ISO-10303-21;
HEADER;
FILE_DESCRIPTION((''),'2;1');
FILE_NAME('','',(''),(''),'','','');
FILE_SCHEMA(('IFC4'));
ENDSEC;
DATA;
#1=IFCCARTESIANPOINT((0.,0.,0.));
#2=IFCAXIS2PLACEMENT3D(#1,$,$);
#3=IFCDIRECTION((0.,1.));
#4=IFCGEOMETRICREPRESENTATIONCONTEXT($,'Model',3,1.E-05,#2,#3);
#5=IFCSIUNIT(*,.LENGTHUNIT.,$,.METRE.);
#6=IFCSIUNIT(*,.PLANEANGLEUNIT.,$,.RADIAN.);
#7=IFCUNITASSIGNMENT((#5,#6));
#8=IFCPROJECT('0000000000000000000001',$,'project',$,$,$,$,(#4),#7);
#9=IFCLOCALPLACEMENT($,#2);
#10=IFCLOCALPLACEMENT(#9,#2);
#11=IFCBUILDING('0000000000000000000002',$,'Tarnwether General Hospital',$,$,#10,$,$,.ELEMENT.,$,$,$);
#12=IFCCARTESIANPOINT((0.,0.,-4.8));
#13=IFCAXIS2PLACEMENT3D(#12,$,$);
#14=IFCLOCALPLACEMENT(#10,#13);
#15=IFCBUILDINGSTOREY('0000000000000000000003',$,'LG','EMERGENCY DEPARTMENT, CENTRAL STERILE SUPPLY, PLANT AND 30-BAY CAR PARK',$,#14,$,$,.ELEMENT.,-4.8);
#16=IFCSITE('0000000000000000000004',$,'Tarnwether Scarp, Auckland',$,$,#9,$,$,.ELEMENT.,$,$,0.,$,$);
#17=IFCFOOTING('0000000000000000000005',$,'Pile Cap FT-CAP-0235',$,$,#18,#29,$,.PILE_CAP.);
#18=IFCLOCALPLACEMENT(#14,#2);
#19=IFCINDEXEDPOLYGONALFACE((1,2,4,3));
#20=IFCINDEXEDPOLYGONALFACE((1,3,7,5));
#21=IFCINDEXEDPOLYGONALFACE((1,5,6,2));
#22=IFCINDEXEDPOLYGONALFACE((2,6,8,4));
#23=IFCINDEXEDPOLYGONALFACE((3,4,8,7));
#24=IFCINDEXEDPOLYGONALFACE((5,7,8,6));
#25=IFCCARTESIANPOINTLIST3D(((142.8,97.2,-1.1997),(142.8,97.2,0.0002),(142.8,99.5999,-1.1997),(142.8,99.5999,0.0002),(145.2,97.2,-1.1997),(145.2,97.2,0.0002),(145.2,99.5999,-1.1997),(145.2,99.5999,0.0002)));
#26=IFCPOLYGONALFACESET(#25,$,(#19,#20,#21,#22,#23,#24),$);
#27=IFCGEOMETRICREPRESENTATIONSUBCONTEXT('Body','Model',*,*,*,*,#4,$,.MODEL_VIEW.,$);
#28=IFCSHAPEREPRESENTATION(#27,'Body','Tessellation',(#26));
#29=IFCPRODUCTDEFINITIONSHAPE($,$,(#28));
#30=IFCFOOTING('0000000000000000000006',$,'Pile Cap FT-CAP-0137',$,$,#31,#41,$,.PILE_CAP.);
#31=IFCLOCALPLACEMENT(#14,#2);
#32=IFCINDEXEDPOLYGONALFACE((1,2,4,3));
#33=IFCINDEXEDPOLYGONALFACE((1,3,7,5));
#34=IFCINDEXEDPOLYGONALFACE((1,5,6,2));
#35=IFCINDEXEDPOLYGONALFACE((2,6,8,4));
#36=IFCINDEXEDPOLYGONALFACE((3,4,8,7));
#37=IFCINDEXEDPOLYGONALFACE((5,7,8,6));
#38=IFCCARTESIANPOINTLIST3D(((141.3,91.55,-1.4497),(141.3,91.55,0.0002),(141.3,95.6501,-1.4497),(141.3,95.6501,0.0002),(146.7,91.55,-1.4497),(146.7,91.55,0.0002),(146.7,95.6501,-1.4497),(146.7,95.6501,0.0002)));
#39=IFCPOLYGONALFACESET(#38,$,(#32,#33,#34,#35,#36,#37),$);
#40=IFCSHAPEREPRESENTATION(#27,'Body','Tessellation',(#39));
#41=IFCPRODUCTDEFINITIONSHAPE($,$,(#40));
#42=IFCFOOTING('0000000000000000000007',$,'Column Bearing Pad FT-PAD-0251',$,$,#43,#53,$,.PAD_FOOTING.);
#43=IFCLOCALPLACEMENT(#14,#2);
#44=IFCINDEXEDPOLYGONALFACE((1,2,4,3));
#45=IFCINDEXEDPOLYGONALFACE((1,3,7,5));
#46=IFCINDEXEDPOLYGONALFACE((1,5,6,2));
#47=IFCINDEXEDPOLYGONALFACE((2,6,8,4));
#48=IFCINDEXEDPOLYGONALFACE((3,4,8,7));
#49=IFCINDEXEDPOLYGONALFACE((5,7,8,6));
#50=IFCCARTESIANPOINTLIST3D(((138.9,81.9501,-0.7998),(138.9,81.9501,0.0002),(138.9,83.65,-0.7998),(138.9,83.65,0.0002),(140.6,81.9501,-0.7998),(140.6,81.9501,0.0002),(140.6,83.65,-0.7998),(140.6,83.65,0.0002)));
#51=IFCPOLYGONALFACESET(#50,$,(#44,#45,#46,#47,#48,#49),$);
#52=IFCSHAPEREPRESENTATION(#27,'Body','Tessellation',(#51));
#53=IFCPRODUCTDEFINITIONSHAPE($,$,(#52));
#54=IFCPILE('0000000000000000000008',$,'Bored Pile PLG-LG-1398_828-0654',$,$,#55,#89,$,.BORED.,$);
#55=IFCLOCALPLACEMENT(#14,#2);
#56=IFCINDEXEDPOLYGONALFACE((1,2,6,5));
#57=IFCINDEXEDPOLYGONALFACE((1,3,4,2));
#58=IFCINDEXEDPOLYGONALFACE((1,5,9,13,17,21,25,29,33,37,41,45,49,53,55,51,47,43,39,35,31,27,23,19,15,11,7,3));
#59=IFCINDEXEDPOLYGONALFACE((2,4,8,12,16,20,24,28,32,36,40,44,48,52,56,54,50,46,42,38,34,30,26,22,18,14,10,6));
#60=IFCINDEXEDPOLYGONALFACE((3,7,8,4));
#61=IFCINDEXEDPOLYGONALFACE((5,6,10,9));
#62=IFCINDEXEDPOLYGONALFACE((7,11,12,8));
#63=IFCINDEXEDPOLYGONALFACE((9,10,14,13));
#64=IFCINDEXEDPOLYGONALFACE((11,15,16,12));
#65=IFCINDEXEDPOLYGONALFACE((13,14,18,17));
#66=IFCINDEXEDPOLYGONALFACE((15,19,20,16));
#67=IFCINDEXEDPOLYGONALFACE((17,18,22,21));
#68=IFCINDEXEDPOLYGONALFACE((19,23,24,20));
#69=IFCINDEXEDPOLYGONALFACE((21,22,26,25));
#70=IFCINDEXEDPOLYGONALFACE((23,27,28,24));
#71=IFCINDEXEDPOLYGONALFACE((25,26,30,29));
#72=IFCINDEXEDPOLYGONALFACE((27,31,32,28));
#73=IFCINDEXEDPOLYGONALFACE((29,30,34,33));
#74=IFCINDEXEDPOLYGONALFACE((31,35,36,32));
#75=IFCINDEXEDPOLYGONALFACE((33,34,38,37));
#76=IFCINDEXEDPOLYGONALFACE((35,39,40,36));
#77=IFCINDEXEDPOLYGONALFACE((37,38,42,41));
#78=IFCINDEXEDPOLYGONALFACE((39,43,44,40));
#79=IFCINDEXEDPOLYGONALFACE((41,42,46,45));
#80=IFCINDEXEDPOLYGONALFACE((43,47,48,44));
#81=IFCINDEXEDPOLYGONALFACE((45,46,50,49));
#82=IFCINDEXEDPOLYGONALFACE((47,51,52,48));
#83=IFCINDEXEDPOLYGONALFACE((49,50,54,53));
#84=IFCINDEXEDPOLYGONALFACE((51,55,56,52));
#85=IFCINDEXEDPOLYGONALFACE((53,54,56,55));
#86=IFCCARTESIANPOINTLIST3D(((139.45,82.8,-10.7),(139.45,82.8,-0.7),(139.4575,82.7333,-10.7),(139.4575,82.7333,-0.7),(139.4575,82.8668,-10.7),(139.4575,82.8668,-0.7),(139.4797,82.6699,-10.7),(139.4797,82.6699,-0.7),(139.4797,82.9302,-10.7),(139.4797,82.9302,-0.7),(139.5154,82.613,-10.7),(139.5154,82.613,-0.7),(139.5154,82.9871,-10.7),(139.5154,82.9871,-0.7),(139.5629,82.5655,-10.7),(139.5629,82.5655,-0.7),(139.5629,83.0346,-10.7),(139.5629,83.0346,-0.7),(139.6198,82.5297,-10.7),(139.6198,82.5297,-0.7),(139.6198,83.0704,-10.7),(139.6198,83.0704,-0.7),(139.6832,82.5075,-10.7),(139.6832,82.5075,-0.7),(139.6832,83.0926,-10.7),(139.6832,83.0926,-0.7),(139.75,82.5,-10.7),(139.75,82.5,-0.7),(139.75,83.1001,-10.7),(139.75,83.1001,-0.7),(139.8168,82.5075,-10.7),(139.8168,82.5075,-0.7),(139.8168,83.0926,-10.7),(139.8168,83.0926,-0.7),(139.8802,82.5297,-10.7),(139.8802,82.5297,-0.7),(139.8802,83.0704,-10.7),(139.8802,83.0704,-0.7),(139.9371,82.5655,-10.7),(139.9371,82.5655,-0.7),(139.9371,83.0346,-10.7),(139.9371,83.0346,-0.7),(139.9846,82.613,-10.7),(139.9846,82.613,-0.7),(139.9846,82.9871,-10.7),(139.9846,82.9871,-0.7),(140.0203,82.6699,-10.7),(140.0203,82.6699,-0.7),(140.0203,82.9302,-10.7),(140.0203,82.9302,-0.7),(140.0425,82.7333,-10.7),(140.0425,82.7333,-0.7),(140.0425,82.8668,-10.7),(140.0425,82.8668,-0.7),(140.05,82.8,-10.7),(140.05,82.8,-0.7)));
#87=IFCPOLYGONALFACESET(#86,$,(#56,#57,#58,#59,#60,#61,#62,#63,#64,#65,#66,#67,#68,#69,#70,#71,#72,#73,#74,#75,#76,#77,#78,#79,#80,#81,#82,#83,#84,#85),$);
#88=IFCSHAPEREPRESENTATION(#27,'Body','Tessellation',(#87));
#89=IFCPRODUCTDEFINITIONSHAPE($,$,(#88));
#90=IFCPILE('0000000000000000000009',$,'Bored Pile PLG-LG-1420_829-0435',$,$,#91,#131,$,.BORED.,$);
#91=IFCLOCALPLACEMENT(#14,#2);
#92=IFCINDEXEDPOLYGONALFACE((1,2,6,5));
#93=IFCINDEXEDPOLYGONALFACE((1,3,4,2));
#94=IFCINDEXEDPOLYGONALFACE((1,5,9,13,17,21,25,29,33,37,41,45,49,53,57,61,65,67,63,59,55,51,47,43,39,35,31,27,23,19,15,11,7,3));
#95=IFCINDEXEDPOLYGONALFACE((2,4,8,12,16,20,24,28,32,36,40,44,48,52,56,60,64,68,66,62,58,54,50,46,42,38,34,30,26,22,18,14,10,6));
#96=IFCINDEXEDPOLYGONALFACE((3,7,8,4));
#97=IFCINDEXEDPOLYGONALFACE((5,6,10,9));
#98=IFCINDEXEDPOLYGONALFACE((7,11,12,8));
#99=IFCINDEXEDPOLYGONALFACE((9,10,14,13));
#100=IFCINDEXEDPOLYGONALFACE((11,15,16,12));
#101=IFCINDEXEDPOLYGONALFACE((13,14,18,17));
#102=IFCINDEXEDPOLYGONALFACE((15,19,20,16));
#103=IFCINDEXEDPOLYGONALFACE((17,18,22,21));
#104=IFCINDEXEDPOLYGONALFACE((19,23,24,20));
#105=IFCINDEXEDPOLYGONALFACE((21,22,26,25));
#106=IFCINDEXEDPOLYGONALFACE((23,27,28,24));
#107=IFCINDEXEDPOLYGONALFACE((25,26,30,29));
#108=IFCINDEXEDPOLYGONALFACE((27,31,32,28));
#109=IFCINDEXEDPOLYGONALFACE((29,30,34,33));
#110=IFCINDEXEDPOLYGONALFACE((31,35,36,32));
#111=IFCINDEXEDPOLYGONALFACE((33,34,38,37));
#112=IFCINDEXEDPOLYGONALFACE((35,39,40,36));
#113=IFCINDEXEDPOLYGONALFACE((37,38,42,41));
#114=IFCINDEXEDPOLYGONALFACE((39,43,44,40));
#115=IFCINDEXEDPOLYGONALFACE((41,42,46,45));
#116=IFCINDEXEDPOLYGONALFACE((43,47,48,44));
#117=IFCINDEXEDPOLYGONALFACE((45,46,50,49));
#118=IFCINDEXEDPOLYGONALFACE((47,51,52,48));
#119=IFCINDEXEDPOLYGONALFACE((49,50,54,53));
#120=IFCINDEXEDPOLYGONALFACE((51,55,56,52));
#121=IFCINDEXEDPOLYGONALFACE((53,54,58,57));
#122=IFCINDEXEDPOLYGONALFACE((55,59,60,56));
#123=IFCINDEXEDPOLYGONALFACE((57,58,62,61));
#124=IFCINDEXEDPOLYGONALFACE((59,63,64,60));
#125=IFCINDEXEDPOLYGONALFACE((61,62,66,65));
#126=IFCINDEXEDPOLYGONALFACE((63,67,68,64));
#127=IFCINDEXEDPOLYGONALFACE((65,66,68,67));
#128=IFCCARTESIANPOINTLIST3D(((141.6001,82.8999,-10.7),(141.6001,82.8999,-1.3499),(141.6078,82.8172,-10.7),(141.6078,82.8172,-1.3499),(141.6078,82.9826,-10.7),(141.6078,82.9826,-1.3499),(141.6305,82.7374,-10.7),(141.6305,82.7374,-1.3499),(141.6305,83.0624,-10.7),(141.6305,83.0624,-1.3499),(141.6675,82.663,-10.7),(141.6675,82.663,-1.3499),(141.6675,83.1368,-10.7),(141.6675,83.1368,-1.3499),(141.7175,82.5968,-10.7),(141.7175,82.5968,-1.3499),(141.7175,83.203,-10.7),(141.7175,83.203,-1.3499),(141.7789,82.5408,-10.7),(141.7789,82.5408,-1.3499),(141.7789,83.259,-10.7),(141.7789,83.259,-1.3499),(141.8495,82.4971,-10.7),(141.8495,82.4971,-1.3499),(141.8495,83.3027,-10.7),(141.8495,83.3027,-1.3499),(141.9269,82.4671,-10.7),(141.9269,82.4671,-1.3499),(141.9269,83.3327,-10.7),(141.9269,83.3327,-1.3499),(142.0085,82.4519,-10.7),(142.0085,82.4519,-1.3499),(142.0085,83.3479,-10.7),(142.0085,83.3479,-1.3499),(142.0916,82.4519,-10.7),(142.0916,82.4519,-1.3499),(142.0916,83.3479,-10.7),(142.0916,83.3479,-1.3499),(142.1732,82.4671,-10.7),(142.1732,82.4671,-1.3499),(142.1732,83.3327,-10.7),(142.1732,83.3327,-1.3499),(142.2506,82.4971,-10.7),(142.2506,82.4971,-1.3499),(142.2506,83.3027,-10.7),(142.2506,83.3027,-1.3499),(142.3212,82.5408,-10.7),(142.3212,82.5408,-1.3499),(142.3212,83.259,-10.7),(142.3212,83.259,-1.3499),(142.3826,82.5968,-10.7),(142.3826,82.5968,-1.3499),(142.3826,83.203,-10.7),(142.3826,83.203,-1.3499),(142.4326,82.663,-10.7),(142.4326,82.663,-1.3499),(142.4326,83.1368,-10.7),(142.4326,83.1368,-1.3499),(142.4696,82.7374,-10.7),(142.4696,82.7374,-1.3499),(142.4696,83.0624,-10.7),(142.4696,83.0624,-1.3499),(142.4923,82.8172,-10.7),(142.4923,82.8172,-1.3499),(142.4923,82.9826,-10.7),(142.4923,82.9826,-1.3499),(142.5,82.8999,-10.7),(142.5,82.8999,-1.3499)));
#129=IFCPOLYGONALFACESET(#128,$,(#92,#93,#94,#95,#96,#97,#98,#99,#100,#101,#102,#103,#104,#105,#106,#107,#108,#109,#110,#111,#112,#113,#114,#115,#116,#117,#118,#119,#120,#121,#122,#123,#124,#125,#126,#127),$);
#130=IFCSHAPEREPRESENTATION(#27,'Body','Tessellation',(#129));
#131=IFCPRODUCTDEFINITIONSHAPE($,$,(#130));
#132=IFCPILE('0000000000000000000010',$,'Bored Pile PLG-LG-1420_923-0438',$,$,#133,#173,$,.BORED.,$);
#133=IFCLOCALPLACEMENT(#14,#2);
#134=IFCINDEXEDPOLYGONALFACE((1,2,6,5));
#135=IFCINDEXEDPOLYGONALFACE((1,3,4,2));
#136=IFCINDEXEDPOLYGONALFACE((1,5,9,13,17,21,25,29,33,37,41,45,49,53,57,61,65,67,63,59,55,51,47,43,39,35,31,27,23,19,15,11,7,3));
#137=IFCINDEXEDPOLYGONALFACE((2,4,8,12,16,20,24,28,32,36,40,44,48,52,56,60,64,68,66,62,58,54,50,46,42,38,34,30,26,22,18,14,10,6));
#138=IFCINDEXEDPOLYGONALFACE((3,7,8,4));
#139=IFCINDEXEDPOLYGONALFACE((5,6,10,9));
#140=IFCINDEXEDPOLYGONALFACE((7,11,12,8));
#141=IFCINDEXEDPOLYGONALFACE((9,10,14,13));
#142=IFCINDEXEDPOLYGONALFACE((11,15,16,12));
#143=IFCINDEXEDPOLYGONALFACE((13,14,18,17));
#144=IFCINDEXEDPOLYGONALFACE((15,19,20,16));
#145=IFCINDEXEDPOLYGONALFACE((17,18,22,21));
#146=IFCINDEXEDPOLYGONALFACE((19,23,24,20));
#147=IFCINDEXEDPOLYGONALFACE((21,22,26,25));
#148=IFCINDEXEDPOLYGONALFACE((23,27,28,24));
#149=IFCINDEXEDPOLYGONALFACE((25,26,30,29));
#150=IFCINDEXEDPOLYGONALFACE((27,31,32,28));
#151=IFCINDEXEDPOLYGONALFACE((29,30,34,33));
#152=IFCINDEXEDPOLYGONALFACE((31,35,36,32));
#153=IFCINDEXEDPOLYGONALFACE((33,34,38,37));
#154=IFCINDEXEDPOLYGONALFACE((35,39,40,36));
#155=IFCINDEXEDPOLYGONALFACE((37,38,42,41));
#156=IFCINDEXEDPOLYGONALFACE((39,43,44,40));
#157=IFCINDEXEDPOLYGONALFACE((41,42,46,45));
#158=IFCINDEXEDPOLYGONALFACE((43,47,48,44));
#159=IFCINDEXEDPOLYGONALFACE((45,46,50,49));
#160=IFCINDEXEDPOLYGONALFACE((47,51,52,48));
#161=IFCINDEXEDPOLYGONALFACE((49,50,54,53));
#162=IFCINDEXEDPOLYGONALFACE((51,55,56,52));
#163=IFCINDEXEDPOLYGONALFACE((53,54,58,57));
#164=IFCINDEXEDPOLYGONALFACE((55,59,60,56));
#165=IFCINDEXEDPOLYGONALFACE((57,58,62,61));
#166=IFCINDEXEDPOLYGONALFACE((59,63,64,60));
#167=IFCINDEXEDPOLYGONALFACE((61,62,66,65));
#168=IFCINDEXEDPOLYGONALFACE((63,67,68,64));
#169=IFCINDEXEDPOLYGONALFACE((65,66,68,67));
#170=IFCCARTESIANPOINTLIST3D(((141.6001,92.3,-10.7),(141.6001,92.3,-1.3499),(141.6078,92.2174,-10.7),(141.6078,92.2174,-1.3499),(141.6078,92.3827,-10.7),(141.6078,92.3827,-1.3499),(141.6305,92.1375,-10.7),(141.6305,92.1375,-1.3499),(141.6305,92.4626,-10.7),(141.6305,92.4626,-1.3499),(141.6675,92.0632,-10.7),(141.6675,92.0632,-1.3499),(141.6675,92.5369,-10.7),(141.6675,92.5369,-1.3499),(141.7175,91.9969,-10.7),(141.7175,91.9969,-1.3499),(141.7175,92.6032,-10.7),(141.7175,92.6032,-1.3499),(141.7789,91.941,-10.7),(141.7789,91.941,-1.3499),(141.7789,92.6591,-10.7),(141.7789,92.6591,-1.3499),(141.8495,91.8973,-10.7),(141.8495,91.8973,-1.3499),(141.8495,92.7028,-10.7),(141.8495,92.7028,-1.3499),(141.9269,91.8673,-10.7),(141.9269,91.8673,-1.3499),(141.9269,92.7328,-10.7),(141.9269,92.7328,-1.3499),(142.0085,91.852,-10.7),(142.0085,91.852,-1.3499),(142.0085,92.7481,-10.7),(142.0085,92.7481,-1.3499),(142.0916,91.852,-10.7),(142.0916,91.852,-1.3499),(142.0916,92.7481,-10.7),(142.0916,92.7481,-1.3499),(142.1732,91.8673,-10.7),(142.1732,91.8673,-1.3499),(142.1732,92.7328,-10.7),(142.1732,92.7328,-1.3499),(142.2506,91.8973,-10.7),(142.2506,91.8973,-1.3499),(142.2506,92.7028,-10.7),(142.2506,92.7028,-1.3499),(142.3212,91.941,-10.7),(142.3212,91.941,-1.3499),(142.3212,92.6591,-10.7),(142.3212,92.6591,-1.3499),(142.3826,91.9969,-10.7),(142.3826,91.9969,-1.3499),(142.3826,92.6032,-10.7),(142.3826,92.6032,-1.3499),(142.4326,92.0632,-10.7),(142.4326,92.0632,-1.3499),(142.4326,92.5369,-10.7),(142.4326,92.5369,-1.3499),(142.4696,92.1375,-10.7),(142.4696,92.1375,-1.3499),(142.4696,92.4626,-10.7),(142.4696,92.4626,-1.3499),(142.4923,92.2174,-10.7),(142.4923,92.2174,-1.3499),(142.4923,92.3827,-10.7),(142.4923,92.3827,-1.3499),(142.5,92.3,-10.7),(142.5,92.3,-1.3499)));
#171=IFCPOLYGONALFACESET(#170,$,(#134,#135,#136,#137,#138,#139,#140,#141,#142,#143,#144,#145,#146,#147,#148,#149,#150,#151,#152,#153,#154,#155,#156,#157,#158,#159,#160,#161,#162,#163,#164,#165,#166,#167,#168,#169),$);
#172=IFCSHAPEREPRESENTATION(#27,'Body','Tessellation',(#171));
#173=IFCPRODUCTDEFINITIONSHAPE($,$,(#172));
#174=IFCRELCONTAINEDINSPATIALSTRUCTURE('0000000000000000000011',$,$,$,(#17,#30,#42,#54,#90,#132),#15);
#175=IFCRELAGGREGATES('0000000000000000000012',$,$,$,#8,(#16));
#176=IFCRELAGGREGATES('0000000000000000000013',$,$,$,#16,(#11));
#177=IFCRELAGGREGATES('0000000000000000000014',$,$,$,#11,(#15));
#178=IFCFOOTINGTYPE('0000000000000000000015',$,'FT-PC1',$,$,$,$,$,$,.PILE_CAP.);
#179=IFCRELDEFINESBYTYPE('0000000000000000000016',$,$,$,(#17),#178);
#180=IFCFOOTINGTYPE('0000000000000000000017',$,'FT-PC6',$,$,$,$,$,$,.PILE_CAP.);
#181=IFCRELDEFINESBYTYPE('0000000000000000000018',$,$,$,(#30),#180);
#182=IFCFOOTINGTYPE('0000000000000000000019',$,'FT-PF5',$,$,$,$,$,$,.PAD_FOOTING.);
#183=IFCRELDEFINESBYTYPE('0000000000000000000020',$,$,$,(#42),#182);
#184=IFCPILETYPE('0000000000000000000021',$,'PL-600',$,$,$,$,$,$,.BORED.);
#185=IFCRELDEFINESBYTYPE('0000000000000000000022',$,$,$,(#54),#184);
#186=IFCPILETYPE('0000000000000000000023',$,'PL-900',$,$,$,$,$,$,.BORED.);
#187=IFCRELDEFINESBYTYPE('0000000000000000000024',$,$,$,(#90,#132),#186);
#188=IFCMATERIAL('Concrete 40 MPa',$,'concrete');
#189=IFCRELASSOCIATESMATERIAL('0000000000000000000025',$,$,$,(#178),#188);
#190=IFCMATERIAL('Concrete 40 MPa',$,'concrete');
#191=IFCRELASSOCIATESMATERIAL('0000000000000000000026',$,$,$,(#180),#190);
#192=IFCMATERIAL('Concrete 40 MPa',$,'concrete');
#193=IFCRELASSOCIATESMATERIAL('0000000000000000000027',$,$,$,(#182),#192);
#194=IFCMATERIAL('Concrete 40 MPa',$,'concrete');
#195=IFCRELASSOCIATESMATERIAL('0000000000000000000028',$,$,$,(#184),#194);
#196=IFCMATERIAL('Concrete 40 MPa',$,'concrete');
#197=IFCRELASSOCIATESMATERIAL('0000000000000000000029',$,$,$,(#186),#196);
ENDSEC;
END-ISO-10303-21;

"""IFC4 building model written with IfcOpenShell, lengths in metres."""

from ifc_helpers import new_model, si_unit, direction, frame, origin, origin_2d, place, context, subcontext, project, spatial, rectangle, circle, extrude, material, material_profile, profile_set, type_object, element, save


model = new_model("IFC4")

# Units and contexts
model_context = context("Model", 3, precision=1e-05, world=origin(), true_north=direction((0.0, 1.0)))
body_context = subcontext(model_context, "Body", "Model", "MODEL_VIEW")
ifc_project = project(units=[si_unit("LENGTHUNIT", "METRE"), si_unit("PLANEANGLEUNIT", "RADIAN")], contexts=[model_context])

# Site, building, storey
site_placement = place(None, origin())
site = spatial("IfcSite", under=ifc_project, at=site_placement, Name="Tarnwether Scarp, Auckland", CompositionType="ELEMENT", RefElevation=0.0)
building_placement = place(site_placement, origin())
building = spatial("IfcBuilding", under=site, at=building_placement, Name="Tarnwether General Hospital", CompositionType="ELEMENT")
storey_placement = place(building_placement, frame((0.0, 0.0, -4.8)))
storey = spatial("IfcBuildingStorey", under=building, at=storey_placement, Name="LG", Description="EMERGENCY DEPARTMENT, CENTRAL STERILE SUPPLY, PLANT AND 30-BAY CAR PARK", CompositionType="ELEMENT", Elevation=-4.8)

# Footings
ifc_material_1 = material(Name="Concrete 40 MPa", Category="concrete")
footing_type_1 = type_object("IfcFootingType", Name="FT-PC1", PredefinedType="PILE_CAP", material=ifc_material_1)
footing_1_placement = place(storey_placement, frame((144.0, 98.3999, -1.1997), z_axis=(0.0, 0.0, 1.0), x_axis=(1.0, 0.0, 0.0)))
element("IfcFooting", 1, at=footing_1_placement, inside=storey, type_object=footing_type_1, Name="Pile Cap FT-CAP-0235", PredefinedType="PILE_CAP", context=body_context, shape_type="SweptSolid", body=[
    extrude(rectangle(XDim=2.3999, YDim=2.3999, at=origin_2d()), origin(), (0.0, 0.0, 1.0), 1.2),
])
ifc_material_2 = material(Name="Concrete 40 MPa", Category="concrete")
footing_type_2 = type_object("IfcFootingType", Name="FT-PC6", PredefinedType="PILE_CAP", material=ifc_material_2)
footing_2_placement = place(storey_placement, frame((144.0, 93.6001, -1.4497), z_axis=(0.0, 0.0, 1.0), x_axis=(1.0, 0.0, 0.0)))
element("IfcFooting", 2, at=footing_2_placement, inside=storey, type_object=footing_type_2, Name="Pile Cap FT-CAP-0137", PredefinedType="PILE_CAP", context=body_context, shape_type="SweptSolid", body=[
    extrude(rectangle(XDim=5.3999, YDim=4.1001, at=origin_2d()), origin(), (0.0, 0.0, 1.0), 1.45),
])
ifc_material_3 = material(Name="Concrete 40 MPa", Category="concrete")
footing_type_3 = type_object("IfcFootingType", Name="FT-PF5", PredefinedType="PAD_FOOTING", material=ifc_material_3)
footing_3_placement = place(storey_placement, frame((139.75, 82.8, -0.7998), z_axis=(0.0, 0.0, 1.0), x_axis=(1.0, 0.0, 0.0)))
element("IfcFooting", 3, at=footing_3_placement, inside=storey, type_object=footing_type_3, Name="Column Bearing Pad FT-PAD-0251", PredefinedType="PAD_FOOTING", context=body_context, shape_type="SweptSolid", body=[
    extrude(rectangle(XDim=1.7, YDim=1.7, at=origin_2d()), origin(), (0.0, 0.0, 1.0), 0.8),
])

# Piles
ifc_material_4 = material(Name="Concrete 40 MPa", Category="concrete")
ifc_material_profile_1 = material_profile(ifc_material_4, circle(Radius=0.3, at=origin_2d()), Name="PILE-D600")
ifc_profile_set_1 = profile_set([ifc_material_profile_1], Name="Concrete 40 MPa")
pile_type_1 = type_object("IfcPileType", Name="PL-600", PredefinedType="BORED", material=ifc_profile_set_1)
pile_placement = place(storey_placement, frame((139.75, 82.8, -0.7), z_axis=(0.0, 0.0, -1.0), x_axis=(1.0, 0.0, 0.0)))
element("IfcPile", 4, at=pile_placement, inside=storey, type_object=pile_type_1, Name="Bored Pile PLG-LG-1398_828-0654", PredefinedType="BORED", context=body_context, shape_type="SweptSolid", body=[
    extrude(circle(Radius=0.3, at=origin_2d()), origin(), (0.0, 0.0, 1.0), 10.0),
])
ifc_material_5 = material(Name="Concrete 40 MPa", Category="concrete")
ifc_material_profile_2 = material_profile(ifc_material_5, circle(Radius=0.45, at=origin_2d()), Name="PILE-D900")
ifc_profile_set_2 = profile_set([ifc_material_profile_2], Name="Concrete 40 MPa")
pile_type_2 = type_object("IfcPileType", Name="PL-900", PredefinedType="BORED", material=ifc_profile_set_2)
for number, where, z_axis, x_axis, name in (
    (5, (142.05, 82.8999, -1.3499), (0.0, 0.0, -1.0), (1.0, 0.0, 0.0), "Bored Pile PLG-LG-1420_829-0435"),
    (6, (142.05, 92.3, -1.3499), (0.0, 0.0, -1.0), (1.0, 0.0, 0.0), "Bored Pile PLG-LG-1420_923-0438"),
):
    element("IfcPile", number, at=place(storey_placement, frame(where, z_axis=z_axis, x_axis=x_axis)), inside=storey, type_object=pile_type_2, Name=name, PredefinedType="BORED", context=body_context, shape_type="SweptSolid", body=[
        extrude(circle(Radius=0.45, at=origin_2d()), origin(), (0.0, 0.0, 1.0), 9.3501),
    ])

save(model, "model.ifc")
